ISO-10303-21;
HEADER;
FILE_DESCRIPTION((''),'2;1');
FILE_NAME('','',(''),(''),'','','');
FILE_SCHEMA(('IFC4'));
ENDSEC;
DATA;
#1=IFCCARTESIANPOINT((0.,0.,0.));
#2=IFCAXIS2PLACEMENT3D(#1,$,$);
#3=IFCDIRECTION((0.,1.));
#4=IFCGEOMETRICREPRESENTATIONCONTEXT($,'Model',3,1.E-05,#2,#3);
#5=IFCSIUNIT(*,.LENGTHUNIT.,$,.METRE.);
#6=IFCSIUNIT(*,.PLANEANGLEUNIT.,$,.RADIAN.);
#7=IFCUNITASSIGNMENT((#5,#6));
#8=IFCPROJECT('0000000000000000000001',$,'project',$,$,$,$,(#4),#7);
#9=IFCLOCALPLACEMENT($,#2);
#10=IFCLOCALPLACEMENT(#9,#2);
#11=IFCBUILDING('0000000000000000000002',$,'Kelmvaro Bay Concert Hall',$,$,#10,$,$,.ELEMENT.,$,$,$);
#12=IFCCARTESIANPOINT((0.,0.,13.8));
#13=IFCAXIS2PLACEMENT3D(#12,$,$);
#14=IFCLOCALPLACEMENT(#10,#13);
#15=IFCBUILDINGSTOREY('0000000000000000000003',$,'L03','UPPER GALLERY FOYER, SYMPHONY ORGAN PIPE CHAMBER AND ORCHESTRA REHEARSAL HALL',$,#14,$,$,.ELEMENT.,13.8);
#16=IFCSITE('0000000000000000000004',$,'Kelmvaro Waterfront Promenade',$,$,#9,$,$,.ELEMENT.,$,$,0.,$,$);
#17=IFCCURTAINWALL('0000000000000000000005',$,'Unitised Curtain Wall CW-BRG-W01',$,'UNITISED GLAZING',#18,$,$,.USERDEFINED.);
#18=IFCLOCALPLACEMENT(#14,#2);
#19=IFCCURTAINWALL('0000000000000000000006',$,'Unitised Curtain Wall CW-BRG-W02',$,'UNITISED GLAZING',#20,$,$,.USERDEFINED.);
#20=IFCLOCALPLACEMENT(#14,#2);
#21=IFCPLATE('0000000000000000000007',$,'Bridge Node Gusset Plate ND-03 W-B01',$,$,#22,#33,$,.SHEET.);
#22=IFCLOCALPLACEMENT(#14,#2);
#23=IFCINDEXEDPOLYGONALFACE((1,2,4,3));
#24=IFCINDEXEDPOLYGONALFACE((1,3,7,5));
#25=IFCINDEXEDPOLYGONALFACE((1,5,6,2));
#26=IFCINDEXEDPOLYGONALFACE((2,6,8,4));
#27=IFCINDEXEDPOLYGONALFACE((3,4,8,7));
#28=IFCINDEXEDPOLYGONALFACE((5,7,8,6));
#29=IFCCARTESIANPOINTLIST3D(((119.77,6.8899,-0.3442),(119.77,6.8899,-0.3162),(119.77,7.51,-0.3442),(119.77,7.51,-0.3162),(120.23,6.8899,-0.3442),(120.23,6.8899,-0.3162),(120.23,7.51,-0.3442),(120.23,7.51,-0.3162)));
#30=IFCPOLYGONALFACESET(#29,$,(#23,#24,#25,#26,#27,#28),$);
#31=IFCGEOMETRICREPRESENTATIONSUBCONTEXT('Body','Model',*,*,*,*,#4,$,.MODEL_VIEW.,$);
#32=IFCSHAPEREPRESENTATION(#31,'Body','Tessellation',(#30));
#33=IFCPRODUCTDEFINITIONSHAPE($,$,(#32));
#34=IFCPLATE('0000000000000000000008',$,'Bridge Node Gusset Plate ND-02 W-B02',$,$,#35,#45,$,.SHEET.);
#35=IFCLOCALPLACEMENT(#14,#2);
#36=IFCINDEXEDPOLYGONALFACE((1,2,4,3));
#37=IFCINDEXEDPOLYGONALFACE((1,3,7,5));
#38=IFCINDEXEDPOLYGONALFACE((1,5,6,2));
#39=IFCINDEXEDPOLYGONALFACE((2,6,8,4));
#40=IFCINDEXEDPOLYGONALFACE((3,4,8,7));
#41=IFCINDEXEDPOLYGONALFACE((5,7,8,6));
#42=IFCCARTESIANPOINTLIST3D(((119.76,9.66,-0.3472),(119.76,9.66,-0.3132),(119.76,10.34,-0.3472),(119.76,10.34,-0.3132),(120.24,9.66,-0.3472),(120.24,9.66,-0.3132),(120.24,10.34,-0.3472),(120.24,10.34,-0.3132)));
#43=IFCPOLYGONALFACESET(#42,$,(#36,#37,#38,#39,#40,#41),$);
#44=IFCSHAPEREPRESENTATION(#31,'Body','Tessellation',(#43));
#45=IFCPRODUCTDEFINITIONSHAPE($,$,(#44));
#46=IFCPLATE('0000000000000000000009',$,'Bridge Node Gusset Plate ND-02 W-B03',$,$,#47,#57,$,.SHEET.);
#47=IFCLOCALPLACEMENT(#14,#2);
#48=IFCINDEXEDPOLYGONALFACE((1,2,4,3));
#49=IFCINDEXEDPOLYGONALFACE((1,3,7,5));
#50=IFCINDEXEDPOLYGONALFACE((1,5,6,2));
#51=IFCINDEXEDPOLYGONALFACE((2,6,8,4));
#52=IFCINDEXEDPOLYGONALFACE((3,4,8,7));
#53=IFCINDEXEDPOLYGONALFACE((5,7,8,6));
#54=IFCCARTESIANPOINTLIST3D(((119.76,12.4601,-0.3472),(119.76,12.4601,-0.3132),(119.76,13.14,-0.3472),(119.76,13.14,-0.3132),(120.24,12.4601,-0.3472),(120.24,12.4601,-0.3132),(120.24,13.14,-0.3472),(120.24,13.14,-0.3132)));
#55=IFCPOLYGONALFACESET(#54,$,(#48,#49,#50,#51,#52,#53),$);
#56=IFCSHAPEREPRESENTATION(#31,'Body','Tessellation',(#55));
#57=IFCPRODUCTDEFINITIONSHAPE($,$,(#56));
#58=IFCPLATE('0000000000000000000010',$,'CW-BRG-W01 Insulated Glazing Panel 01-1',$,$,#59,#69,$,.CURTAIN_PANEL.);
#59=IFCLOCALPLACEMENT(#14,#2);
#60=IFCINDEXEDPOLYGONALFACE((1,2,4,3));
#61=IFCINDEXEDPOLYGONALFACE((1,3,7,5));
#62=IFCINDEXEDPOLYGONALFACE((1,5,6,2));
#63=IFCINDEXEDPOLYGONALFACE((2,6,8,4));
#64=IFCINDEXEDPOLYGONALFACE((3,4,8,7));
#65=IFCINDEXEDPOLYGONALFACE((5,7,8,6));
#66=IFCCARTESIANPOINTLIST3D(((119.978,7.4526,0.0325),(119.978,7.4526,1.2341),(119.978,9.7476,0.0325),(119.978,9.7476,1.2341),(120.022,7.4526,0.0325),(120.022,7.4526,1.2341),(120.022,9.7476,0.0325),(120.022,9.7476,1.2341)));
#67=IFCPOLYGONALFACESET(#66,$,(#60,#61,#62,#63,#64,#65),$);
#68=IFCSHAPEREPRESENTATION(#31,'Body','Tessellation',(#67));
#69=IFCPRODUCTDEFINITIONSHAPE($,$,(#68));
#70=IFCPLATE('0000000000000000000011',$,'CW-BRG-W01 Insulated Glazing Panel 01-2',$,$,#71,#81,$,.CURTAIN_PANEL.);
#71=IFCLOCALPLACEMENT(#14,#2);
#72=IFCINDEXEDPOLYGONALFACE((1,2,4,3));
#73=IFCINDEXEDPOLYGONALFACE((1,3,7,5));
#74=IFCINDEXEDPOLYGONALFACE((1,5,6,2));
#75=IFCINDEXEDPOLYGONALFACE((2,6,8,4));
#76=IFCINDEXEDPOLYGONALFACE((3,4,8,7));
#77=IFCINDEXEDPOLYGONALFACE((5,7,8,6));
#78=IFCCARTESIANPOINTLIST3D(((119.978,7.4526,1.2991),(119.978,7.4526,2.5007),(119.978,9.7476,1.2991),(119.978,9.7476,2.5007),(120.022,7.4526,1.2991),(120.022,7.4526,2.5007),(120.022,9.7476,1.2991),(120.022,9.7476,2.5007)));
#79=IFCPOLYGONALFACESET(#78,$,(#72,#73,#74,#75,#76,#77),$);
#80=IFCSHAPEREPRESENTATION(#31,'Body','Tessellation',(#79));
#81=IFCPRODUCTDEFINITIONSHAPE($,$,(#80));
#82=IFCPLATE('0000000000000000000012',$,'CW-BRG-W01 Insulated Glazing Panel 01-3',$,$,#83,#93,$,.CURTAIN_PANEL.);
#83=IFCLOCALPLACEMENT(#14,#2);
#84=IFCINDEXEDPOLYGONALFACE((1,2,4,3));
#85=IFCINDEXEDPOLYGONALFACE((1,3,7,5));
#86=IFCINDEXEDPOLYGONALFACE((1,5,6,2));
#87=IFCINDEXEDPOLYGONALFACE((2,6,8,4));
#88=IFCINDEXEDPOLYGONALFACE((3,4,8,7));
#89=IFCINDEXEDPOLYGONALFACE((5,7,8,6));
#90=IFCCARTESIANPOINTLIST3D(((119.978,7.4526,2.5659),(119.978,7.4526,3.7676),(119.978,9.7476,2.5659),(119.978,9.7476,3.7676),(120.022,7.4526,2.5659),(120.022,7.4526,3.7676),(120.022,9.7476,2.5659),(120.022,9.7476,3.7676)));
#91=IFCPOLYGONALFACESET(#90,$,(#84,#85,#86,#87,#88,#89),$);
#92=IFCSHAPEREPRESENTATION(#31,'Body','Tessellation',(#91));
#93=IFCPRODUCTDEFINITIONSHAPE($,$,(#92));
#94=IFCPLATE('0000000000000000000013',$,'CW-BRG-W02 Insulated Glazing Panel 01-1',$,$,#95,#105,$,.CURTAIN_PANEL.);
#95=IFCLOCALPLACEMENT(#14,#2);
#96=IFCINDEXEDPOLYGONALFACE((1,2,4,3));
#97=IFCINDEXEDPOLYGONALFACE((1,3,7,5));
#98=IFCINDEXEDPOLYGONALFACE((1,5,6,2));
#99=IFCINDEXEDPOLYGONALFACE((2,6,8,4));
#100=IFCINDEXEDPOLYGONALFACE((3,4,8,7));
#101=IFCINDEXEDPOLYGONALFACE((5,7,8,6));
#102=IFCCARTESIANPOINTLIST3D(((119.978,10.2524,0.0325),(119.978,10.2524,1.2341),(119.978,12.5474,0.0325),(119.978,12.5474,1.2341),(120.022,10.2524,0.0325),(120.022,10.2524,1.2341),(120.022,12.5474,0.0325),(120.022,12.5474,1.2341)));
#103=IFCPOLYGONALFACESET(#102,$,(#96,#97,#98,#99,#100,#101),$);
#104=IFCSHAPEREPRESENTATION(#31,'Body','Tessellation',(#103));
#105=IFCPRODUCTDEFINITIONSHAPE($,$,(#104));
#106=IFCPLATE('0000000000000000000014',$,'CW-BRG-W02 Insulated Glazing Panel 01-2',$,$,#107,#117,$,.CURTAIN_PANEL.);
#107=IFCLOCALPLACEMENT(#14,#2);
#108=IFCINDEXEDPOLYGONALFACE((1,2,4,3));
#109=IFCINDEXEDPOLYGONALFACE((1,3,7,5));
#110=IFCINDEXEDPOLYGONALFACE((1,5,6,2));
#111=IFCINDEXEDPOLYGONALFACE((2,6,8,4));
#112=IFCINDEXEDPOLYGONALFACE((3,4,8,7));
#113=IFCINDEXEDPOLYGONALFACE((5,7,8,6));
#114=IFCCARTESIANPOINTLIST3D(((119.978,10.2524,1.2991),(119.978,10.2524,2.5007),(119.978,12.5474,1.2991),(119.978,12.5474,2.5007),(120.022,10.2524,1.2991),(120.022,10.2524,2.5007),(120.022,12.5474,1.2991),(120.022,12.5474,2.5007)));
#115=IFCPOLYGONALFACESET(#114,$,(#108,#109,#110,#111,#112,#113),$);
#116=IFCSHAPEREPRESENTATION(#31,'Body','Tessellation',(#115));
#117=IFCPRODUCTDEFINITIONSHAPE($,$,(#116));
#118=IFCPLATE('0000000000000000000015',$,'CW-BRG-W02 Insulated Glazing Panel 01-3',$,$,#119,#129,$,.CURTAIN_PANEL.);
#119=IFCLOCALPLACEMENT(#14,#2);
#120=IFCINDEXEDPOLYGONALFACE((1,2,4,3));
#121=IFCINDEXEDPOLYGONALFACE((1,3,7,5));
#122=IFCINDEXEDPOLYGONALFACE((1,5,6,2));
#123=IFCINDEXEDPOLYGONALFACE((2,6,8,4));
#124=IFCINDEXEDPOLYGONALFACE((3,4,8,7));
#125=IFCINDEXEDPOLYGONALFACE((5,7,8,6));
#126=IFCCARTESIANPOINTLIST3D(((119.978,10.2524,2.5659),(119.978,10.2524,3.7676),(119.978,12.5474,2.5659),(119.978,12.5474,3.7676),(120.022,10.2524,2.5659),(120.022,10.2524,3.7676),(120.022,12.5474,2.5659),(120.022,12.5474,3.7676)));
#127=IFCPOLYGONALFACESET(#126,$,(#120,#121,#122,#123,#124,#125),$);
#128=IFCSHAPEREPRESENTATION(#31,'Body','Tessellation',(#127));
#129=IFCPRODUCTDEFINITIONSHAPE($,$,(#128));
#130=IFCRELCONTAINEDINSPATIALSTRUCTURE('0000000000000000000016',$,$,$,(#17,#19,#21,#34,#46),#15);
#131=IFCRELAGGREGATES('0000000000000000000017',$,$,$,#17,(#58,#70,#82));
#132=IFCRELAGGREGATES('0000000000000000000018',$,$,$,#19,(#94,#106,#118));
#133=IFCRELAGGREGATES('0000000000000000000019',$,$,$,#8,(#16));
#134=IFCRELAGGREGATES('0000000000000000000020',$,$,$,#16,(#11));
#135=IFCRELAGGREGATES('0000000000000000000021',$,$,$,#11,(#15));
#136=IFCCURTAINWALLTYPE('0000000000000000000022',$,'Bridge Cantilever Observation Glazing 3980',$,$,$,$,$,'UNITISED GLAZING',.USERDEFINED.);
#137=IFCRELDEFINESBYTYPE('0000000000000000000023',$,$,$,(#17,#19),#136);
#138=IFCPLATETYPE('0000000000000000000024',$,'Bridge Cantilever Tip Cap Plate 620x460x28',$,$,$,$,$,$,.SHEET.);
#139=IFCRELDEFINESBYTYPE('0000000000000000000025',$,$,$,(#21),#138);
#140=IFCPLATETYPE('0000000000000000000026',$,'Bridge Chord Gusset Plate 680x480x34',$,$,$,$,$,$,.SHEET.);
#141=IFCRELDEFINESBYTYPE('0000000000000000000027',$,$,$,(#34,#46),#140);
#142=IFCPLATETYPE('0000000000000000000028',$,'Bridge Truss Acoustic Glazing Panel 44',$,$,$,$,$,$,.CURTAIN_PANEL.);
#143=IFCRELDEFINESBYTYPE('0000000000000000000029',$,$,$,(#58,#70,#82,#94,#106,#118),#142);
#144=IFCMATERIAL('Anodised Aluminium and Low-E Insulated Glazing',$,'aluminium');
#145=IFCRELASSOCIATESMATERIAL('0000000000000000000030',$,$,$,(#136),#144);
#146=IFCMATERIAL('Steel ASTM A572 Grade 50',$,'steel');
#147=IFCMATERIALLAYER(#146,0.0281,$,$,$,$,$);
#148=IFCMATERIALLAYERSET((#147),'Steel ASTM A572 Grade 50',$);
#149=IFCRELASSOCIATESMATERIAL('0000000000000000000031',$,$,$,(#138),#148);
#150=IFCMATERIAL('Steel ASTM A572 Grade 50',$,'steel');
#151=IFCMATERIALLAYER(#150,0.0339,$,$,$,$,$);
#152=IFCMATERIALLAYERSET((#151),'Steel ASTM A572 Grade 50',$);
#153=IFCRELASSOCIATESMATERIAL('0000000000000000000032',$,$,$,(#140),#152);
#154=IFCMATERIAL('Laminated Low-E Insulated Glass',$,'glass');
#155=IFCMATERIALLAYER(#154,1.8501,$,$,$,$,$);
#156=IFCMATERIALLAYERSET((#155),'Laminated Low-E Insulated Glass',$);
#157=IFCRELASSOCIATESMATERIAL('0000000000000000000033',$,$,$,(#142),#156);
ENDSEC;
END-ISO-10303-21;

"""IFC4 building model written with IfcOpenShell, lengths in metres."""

from ifc_helpers import new_model, si_unit, direction, frame, origin, origin_2d, place, context, subcontext, project, spatial, rectangle, extrude, material, layer, layer_set, type_object, element, aggregate, save


model = new_model("IFC4")

# Units and contexts
model_context = context("Model", 3, precision=1e-05, world=origin(), true_north=direction((0.0, 1.0)))
body_context = subcontext(model_context, "Body", "Model", "MODEL_VIEW")
ifc_project = project(units=[si_unit("LENGTHUNIT", "METRE"), si_unit("PLANEANGLEUNIT", "RADIAN")], contexts=[model_context])

# Site, building, storey
site_placement = place(None, origin())
site = spatial("IfcSite", under=ifc_project, at=site_placement, Name="Kelmvaro Waterfront Promenade", CompositionType="ELEMENT", RefElevation=0.0)
building_placement = place(site_placement, origin())
building = spatial("IfcBuilding", under=site, at=building_placement, Name="Kelmvaro Bay Concert Hall", CompositionType="ELEMENT")
storey_placement = place(building_placement, frame((0.0, 0.0, 13.8)))
storey = spatial("IfcBuildingStorey", under=building, at=storey_placement, Name="L03", Description="UPPER GALLERY FOYER, SYMPHONY ORGAN PIPE CHAMBER AND ORCHESTRA REHEARSAL HALL", CompositionType="ELEMENT", Elevation=13.8)

# Curtain walls
ifc_material_1 = material(Name="Anodised Aluminium and Low-E Insulated Glazing", Category="aluminium")
curtain_wall_type = type_object("IfcCurtainWallType", Name="Bridge Cantilever Observation Glazing 3980", ElementType="UNITISED GLAZING", PredefinedType="USERDEFINED", material=ifc_material_1)
curtain_wall_1_placement = place(storey_placement, origin())
curtain_wall_1 = element("IfcCurtainWall", 1, at=curtain_wall_1_placement, inside=storey, type_object=curtain_wall_type, Name="Unitised Curtain Wall CW-BRG-W01", ObjectType="UNITISED GLAZING", PredefinedType="USERDEFINED")
curtain_wall_2_placement = place(storey_placement, origin())
curtain_wall_2 = element("IfcCurtainWall", 2, at=curtain_wall_2_placement, inside=storey, type_object=curtain_wall_type, Name="Unitised Curtain Wall CW-BRG-W02", ObjectType="UNITISED GLAZING", PredefinedType="USERDEFINED")

# Plates
ifc_material_2 = material(Name="Steel ASTM A572 Grade 50", Category="steel")
ifc_layer_1 = layer(ifc_material_2, 0.0281)
ifc_layer_set_1 = layer_set([ifc_layer_1], Name="Steel ASTM A572 Grade 50")
plate_type_1 = type_object("IfcPlateType", Name="Bridge Cantilever Tip Cap Plate 620x460x28", PredefinedType="SHEET", material=ifc_layer_set_1)
plate_1_placement = place(storey_placement, frame((120.0, 7.2, -0.3442), z_axis=(0.0, 0.0, 1.0), x_axis=(0.0, 1.0, 0.0)))
element("IfcPlate", 3, at=plate_1_placement, inside=storey, type_object=plate_type_1, Name="Bridge Node Gusset Plate ND-03 W-B01", PredefinedType="SHEET", context=body_context, shape_type="SweptSolid", body=[
    extrude(rectangle(XDim=0.6201, YDim=0.46, at=origin_2d()), origin(), (0.0, 0.0, 1.0), 0.0281),
])
ifc_material_3 = material(Name="Steel ASTM A572 Grade 50", Category="steel")
ifc_layer_2 = layer(ifc_material_3, 0.0339)
ifc_layer_set_2 = layer_set([ifc_layer_2], Name="Steel ASTM A572 Grade 50")
plate_type_2 = type_object("IfcPlateType", Name="Bridge Chord Gusset Plate 680x480x34", PredefinedType="SHEET", material=ifc_layer_set_2)
for number, where, z_axis, x_axis, name in (
    (4, (120.0, 10.0, -0.3472), (0.0, 0.0, 1.0), (0.0, 1.0, 0.0), "Bridge Node Gusset Plate ND-02 W-B02"),
    (5, (120.0, 12.8, -0.3472), (0.0, 0.0, 1.0), (0.0, 1.0, 0.0), "Bridge Node Gusset Plate ND-02 W-B03"),
):
    element("IfcPlate", number, at=place(storey_placement, frame(where, z_axis=z_axis, x_axis=x_axis)), inside=storey, type_object=plate_type_2, Name=name, PredefinedType="SHEET", context=body_context, shape_type="SweptSolid", body=[
        extrude(rectangle(XDim=0.6799, YDim=0.48, at=origin_2d()), origin(), (0.0, 0.0, 1.0), 0.0339),
    ])

# Plates
ifc_material_4 = material(Name="Laminated Low-E Insulated Glass", Category="glass")
ifc_layer_3 = layer(ifc_material_4, 1.8501)
ifc_layer_set_3 = layer_set([ifc_layer_3], Name="Laminated Low-E Insulated Glass")
plate_type_3 = type_object("IfcPlateType", Name="Bridge Truss Acoustic Glazing Panel 44", PredefinedType="CURTAIN_PANEL", material=ifc_layer_set_3)
plate_2_placement = place(storey_placement, frame((120.0, 8.6001, 0.0325), z_axis=(0.0, 0.0, 1.0), x_axis=(0.0, 1.0, 0.0)))
plate_2 = element("IfcPlate", 6, at=plate_2_placement, type_object=plate_type_3, Name="CW-BRG-W01 Insulated Glazing Panel 01-1", PredefinedType="CURTAIN_PANEL", context=body_context, shape_type="SweptSolid", body=[
    extrude(rectangle(XDim=2.2949, YDim=0.0439, at=origin_2d()), origin(), (0.0, 0.0, 1.0), 1.2017),
])
plate_3_placement = place(storey_placement, frame((120.0, 8.6001, 1.2991), z_axis=(0.0, 0.0, 1.0), x_axis=(0.0, 1.0, 0.0)))
plate_3 = element("IfcPlate", 7, at=plate_3_placement, type_object=plate_type_3, Name="CW-BRG-W01 Insulated Glazing Panel 01-2", PredefinedType="CURTAIN_PANEL", context=body_context, shape_type="SweptSolid", body=[
    extrude(rectangle(XDim=2.2949, YDim=0.0439, at=origin_2d()), origin(), (0.0, 0.0, 1.0), 1.2017),
])
plate_4_placement = place(storey_placement, frame((120.0, 8.6001, 2.5659), z_axis=(0.0, 0.0, 1.0), x_axis=(0.0, 1.0, 0.0)))
plate_4 = element("IfcPlate", 8, at=plate_4_placement, type_object=plate_type_3, Name="CW-BRG-W01 Insulated Glazing Panel 01-3", PredefinedType="CURTAIN_PANEL", context=body_context, shape_type="SweptSolid", body=[
    extrude(rectangle(XDim=2.2949, YDim=0.0439, at=origin_2d()), origin(), (0.0, 0.0, 1.0), 1.2017),
])
aggregate(curtain_wall_1, [plate_2, plate_3, plate_4])
plate_5_placement = place(storey_placement, frame((120.0, 11.3999, 0.0325), z_axis=(0.0, 0.0, 1.0), x_axis=(0.0, 1.0, 0.0)))
plate_5 = element("IfcPlate", 9, at=plate_5_placement, type_object=plate_type_3, Name="CW-BRG-W02 Insulated Glazing Panel 01-1", PredefinedType="CURTAIN_PANEL", context=body_context, shape_type="SweptSolid", body=[
    extrude(rectangle(XDim=2.2949, YDim=0.0439, at=origin_2d()), origin(), (0.0, 0.0, 1.0), 1.2017),
])
plate_6_placement = place(storey_placement, frame((120.0, 11.3999, 1.2991), z_axis=(0.0, 0.0, 1.0), x_axis=(0.0, 1.0, 0.0)))
plate_6 = element("IfcPlate", 10, at=plate_6_placement, type_object=plate_type_3, Name="CW-BRG-W02 Insulated Glazing Panel 01-2", PredefinedType="CURTAIN_PANEL", context=body_context, shape_type="SweptSolid", body=[
    extrude(rectangle(XDim=2.2949, YDim=0.0439, at=origin_2d()), origin(), (0.0, 0.0, 1.0), 1.2017),
])
plate_7_placement = place(storey_placement, frame((120.0, 11.3999, 2.5659), z_axis=(0.0, 0.0, 1.0), x_axis=(0.0, 1.0, 0.0)))
plate_7 = element("IfcPlate", 11, at=plate_7_placement, type_object=plate_type_3, Name="CW-BRG-W02 Insulated Glazing Panel 01-3", PredefinedType="CURTAIN_PANEL", context=body_context, shape_type="SweptSolid", body=[
    extrude(rectangle(XDim=2.2949, YDim=0.0439, at=origin_2d()), origin(), (0.0, 0.0, 1.0), 1.2017),
])
aggregate(curtain_wall_2, [plate_5, plate_6, plate_7])

save(model, "model.ifc")
